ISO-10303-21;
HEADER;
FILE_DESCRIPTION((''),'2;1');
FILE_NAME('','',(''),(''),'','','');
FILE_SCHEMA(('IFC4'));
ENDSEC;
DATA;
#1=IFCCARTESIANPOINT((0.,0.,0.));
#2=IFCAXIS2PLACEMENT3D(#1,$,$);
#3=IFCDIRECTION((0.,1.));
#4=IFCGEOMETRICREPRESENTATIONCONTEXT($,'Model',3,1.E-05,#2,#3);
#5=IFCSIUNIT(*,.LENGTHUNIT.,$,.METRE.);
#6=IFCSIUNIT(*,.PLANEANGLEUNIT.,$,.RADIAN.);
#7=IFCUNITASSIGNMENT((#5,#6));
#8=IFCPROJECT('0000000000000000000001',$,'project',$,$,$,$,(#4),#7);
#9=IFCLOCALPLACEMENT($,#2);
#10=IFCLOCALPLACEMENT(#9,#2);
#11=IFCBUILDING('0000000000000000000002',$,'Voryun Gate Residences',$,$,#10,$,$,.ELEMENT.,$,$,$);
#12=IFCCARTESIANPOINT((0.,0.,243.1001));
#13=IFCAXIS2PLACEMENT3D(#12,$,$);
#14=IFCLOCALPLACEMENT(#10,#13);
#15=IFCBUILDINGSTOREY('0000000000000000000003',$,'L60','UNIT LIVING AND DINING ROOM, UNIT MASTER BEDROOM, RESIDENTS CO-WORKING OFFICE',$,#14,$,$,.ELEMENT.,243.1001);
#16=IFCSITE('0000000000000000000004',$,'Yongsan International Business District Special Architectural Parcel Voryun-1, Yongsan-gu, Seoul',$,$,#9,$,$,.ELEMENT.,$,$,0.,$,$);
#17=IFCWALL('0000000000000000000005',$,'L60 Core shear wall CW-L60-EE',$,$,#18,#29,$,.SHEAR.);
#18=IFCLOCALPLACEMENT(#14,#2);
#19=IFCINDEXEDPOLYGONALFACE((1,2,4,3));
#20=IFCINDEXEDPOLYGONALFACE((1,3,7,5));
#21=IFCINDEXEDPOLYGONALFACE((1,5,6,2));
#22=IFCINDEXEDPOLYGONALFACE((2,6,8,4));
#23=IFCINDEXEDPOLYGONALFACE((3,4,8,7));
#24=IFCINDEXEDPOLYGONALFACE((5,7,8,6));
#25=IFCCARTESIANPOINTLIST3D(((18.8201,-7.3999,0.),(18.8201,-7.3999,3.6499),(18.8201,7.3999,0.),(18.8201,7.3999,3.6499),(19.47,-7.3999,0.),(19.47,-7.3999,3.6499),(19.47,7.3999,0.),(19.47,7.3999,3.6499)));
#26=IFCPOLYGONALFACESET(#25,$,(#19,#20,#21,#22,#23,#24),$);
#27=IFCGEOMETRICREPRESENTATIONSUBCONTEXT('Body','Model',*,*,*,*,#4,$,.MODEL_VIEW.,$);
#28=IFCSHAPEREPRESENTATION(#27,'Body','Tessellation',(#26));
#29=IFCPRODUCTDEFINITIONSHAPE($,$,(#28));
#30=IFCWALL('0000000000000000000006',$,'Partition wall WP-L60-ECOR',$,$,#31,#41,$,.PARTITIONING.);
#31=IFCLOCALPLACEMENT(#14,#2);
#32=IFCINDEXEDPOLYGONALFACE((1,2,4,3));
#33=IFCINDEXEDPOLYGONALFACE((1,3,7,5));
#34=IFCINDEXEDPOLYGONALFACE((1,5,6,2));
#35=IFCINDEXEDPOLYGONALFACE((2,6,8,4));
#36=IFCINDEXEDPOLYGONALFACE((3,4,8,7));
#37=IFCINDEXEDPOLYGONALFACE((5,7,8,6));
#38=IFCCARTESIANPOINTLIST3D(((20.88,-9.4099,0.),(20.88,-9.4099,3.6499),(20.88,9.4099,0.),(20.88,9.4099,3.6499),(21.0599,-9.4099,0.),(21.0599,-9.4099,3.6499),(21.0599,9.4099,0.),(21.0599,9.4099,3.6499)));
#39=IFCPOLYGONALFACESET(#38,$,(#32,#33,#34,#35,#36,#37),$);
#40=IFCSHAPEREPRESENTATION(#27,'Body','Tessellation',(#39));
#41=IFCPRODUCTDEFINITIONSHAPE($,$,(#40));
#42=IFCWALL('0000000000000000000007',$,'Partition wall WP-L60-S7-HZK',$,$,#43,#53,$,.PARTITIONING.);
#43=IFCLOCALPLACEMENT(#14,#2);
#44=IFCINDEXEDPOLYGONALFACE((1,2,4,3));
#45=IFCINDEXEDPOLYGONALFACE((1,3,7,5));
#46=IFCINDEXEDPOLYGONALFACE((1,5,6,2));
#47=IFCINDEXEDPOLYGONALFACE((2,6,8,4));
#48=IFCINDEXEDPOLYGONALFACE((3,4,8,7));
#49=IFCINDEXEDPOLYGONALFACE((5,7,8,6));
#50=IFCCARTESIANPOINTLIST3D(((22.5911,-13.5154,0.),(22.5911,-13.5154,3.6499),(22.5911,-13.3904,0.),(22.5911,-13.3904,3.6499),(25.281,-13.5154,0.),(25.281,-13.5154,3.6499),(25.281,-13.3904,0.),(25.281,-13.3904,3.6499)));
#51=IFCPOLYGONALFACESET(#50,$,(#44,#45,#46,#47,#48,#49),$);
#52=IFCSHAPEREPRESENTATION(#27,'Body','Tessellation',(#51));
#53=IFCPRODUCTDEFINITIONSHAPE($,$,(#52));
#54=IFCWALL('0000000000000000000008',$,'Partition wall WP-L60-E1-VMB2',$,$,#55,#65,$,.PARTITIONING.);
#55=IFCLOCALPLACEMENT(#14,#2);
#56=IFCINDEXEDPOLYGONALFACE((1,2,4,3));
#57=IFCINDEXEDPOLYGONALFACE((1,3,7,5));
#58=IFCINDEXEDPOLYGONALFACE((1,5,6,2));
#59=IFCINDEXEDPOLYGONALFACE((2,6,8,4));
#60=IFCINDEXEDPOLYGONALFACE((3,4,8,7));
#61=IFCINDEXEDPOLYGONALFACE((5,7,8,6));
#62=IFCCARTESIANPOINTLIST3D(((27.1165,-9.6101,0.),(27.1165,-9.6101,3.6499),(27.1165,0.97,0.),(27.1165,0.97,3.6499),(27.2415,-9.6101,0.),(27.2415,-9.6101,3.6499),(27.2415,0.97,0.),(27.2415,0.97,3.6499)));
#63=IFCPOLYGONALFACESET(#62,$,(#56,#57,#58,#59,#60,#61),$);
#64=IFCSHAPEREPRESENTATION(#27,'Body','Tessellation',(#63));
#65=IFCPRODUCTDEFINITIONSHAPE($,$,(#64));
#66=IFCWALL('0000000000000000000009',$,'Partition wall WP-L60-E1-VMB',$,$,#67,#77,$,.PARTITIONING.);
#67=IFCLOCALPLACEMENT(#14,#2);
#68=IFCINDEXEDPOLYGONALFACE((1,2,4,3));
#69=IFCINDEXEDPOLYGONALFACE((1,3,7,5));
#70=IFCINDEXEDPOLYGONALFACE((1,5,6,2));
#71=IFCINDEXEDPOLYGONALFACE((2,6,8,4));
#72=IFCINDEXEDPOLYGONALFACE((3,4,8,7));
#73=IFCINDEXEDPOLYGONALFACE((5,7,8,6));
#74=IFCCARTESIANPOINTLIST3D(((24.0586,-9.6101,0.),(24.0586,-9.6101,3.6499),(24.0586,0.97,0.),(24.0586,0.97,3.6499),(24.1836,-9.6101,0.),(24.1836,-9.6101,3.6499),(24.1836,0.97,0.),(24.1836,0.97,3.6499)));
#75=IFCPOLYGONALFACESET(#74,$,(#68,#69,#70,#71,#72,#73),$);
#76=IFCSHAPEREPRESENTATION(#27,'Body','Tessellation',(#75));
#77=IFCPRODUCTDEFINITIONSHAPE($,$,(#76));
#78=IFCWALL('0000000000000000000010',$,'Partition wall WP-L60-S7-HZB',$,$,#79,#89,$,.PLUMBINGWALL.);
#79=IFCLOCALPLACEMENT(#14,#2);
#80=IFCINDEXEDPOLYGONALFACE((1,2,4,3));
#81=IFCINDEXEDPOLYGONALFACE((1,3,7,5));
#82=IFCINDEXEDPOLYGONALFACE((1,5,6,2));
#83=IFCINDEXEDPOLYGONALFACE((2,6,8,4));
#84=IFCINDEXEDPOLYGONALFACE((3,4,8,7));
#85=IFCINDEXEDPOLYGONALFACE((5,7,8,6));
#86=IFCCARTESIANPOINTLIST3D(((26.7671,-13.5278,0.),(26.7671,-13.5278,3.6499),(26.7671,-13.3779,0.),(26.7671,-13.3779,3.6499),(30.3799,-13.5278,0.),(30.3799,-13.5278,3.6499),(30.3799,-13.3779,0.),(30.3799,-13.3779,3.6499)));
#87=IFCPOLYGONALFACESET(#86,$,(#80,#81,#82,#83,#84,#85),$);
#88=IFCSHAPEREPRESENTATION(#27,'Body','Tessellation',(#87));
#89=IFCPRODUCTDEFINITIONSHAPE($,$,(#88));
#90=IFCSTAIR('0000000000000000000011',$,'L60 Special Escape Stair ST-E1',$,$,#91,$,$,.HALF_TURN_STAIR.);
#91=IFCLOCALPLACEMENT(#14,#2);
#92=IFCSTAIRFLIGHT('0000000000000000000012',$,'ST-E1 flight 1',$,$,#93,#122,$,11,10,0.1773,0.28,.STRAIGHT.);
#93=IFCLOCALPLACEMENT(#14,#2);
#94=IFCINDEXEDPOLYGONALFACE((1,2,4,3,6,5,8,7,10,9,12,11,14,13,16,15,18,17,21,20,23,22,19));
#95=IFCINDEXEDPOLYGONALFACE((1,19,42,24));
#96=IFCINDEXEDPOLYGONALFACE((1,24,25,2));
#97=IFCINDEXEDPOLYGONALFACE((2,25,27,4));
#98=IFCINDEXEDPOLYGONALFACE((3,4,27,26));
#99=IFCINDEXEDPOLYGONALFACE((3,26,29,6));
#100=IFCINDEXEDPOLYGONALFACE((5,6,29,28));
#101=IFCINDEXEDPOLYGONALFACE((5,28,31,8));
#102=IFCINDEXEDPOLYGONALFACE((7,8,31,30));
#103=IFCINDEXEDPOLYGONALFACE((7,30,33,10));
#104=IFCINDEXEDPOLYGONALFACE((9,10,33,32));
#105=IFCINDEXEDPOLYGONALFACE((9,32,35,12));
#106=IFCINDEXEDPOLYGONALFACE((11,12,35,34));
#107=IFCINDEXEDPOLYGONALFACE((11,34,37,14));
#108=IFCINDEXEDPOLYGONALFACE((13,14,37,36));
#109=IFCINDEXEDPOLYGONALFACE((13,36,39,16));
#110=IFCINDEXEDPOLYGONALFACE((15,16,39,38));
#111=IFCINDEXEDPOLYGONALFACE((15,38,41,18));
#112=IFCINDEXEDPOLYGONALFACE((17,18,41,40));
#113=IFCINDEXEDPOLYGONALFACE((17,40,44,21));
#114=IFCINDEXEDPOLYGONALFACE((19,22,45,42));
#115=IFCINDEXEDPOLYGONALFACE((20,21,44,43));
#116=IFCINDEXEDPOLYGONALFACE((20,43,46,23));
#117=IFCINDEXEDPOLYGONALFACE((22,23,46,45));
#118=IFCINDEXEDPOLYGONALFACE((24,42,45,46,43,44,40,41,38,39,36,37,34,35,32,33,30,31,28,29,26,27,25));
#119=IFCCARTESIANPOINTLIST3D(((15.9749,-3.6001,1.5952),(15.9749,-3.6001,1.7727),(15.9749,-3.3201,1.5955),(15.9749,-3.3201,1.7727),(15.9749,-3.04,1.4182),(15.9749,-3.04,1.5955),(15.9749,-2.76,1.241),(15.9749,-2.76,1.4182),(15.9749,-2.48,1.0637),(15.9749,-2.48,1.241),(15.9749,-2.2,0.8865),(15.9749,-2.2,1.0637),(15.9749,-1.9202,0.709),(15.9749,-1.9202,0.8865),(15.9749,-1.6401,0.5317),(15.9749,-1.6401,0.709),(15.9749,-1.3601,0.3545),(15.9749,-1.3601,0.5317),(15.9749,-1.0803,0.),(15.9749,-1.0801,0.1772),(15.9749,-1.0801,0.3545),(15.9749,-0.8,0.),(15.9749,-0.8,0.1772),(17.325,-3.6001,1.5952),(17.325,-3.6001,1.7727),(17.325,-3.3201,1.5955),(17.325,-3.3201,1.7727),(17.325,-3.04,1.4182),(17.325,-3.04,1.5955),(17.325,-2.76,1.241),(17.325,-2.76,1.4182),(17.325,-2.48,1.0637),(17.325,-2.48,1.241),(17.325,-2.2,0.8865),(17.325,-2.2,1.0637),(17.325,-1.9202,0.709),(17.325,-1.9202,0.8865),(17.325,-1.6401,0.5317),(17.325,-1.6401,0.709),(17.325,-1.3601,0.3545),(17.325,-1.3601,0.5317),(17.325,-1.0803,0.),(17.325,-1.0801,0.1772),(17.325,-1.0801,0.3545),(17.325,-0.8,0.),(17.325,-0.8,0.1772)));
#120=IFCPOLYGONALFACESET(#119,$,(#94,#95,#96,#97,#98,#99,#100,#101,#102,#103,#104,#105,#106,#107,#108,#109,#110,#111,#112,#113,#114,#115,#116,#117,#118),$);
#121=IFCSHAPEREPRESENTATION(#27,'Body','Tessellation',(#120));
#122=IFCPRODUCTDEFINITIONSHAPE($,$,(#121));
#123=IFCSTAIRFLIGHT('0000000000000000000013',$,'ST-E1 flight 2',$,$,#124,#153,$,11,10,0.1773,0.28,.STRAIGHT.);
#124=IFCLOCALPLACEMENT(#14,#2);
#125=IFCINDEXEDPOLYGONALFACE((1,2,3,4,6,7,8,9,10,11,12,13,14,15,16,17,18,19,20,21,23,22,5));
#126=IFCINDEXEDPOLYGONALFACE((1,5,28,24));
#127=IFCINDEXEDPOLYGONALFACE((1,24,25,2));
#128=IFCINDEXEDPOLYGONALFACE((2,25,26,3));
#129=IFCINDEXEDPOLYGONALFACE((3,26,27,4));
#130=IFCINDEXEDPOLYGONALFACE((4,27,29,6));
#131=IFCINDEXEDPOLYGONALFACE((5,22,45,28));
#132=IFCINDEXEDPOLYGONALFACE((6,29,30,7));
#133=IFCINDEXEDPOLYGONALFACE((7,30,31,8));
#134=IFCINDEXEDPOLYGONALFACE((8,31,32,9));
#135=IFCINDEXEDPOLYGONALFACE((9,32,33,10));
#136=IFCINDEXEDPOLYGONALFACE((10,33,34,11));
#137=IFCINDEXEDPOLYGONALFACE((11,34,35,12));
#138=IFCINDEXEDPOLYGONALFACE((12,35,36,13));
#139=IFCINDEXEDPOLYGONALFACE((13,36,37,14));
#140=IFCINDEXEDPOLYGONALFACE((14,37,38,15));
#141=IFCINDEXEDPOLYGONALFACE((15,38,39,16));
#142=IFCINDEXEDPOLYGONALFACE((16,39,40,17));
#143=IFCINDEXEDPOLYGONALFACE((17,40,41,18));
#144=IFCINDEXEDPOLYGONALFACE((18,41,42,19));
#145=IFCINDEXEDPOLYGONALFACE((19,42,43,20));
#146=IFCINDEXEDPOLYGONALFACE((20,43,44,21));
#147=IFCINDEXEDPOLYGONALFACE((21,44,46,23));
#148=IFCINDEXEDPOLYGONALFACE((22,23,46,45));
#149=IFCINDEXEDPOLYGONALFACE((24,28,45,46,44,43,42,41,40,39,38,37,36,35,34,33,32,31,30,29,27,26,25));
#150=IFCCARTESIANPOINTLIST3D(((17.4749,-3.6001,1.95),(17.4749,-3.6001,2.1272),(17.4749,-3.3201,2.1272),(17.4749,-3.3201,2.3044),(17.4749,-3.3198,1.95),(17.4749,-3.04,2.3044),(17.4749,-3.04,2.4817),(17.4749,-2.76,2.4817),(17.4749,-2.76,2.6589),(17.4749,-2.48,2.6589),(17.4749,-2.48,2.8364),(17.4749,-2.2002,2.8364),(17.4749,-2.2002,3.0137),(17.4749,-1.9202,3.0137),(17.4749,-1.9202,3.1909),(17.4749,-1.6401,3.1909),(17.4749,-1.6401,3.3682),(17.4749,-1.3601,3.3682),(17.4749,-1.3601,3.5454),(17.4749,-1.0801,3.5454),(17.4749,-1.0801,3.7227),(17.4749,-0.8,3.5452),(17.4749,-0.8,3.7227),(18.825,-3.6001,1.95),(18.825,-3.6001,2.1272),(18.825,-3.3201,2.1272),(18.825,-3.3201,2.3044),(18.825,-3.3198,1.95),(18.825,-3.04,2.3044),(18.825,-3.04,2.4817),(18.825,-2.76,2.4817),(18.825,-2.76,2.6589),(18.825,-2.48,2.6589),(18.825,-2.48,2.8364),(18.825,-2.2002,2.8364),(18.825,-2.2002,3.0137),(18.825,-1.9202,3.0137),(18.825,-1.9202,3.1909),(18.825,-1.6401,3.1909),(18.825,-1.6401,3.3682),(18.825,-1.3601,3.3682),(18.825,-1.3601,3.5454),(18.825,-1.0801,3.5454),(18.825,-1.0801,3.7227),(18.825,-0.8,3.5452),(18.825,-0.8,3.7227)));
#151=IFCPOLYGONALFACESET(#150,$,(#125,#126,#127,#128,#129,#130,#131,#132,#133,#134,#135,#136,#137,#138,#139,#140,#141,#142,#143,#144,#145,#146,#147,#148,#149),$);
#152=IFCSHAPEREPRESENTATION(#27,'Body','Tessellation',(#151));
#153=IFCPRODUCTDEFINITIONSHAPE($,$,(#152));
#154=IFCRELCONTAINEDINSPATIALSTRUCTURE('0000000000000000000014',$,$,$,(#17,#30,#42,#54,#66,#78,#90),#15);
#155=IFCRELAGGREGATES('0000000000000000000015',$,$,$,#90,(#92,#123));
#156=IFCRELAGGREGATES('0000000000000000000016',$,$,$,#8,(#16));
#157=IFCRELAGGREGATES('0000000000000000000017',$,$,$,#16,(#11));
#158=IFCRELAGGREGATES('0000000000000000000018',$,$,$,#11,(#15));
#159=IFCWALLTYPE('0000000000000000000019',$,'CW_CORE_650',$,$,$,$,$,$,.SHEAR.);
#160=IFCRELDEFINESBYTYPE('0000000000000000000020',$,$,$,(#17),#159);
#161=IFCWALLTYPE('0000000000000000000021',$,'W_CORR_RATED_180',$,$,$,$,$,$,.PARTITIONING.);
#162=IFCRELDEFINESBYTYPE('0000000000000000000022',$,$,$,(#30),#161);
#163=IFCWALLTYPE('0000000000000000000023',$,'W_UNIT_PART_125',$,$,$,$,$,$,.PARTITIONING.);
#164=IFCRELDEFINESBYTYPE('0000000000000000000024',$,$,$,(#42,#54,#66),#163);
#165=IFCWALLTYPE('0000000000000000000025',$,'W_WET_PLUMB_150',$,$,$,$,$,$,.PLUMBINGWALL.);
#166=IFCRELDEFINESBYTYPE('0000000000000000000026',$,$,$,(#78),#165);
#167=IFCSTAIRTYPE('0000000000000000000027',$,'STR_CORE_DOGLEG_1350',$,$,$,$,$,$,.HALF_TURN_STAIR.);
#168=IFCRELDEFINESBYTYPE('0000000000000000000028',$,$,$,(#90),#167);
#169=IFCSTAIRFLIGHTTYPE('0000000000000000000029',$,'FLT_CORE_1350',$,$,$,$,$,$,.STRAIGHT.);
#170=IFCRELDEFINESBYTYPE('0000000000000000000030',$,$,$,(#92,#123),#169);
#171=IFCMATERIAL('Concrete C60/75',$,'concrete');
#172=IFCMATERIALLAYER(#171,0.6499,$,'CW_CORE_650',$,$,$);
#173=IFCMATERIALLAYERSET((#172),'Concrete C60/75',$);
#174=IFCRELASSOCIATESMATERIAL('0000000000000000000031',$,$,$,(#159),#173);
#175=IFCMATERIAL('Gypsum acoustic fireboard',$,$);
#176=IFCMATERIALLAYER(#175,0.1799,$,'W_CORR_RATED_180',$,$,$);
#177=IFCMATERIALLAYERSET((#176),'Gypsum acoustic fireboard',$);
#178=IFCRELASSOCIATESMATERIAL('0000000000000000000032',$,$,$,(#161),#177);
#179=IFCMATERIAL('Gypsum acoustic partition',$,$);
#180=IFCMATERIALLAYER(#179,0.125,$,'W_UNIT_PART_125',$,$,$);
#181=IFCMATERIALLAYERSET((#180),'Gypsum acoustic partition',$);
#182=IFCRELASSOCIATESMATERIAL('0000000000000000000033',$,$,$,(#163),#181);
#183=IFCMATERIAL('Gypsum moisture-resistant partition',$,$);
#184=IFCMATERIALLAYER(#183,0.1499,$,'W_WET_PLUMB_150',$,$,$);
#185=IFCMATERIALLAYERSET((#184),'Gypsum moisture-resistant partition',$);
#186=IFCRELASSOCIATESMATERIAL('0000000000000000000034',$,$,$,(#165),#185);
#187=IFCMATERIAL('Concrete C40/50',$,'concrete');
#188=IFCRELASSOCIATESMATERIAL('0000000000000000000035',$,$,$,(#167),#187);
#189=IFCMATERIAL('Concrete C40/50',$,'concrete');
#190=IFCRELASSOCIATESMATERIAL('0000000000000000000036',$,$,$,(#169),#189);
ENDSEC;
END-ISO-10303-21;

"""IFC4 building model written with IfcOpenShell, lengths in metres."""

from ifc_helpers import new_model, si_unit, direction, frame, frame_2d, origin, place, context, subcontext, project, spatial, polyline, rectangle, outline, extrude, material, layer, layer_set, type_object, element, aggregate, save


model = new_model("IFC4")

# Units and contexts
model_context = context("Model", 3, precision=1e-05, world=origin(), true_north=direction((0.0, 1.0)))
body_context = subcontext(model_context, "Body", "Model", "MODEL_VIEW")
ifc_project = project(units=[si_unit("LENGTHUNIT", "METRE"), si_unit("PLANEANGLEUNIT", "RADIAN")], contexts=[model_context])

# Site, building, storey
site_placement = place(None, origin())
site = spatial("IfcSite", under=ifc_project, at=site_placement, Name="Yongsan International Business District Special Architectural Parcel Voryun-1, Yongsan-gu, Seoul", CompositionType="ELEMENT", RefElevation=0.0)
building_placement = place(site_placement, origin())
building = spatial("IfcBuilding", under=site, at=building_placement, Name="Voryun Gate Residences", CompositionType="ELEMENT")
storey_placement = place(building_placement, frame((0.0, 0.0, 243.1001)))
storey = spatial("IfcBuildingStorey", under=building, at=storey_placement, Name="L60", Description="UNIT LIVING AND DINING ROOM, UNIT MASTER BEDROOM, RESIDENTS CO-WORKING OFFICE", CompositionType="ELEMENT", Elevation=243.1001)

# Walls
ifc_material_1 = material(Name="Concrete C60/75", Category="concrete")
ifc_layer_1 = layer(ifc_material_1, 0.6499, Name="CW_CORE_650")
ifc_layer_set_1 = layer_set([ifc_layer_1], Name="Concrete C60/75")
wall_type_1 = type_object("IfcWallType", Name="CW_CORE_650", PredefinedType="SHEAR", material=ifc_layer_set_1)
wall_1_placement = place(storey_placement, frame((19.145, -7.3999, 0.0), z_axis=(0.0, 0.0, 1.0), x_axis=(0.0, 1.0, 0.0)))
element("IfcWall", 1, at=wall_1_placement, inside=storey, type_object=wall_type_1, Name="L60 Core shear wall CW-L60-EE", PredefinedType="SHEAR", context=body_context, shape_type="SweptSolid", body=[
    extrude(rectangle(XDim=14.7998, YDim=0.6499, at=frame_2d((7.3999, 0.0))), origin(), (0.0, 0.0, 1.0), 3.6499),
])
ifc_material_2 = material(Name="Gypsum acoustic fireboard")
ifc_layer_2 = layer(ifc_material_2, 0.1799, Name="W_CORR_RATED_180")
ifc_layer_set_2 = layer_set([ifc_layer_2], Name="Gypsum acoustic fireboard")
wall_type_2 = type_object("IfcWallType", Name="W_CORR_RATED_180", PredefinedType="PARTITIONING", material=ifc_layer_set_2)
wall_2_placement = place(storey_placement, frame((20.97, -9.4099, 0.0), z_axis=(0.0, 0.0, 1.0), x_axis=(0.0, 1.0, 0.0)))
element("IfcWall", 2, at=wall_2_placement, inside=storey, type_object=wall_type_2, Name="Partition wall WP-L60-ECOR", PredefinedType="PARTITIONING", context=body_context, shape_type="SweptSolid", body=[
    extrude(rectangle(XDim=18.8198, YDim=0.1799, at=frame_2d((9.4099, 0.0))), origin(), (0.0, 0.0, 1.0), 3.6499),
])
ifc_material_3 = material(Name="Gypsum acoustic partition")
ifc_layer_3 = layer(ifc_material_3, 0.125, Name="W_UNIT_PART_125")
ifc_layer_set_3 = layer_set([ifc_layer_3], Name="Gypsum acoustic partition")
wall_type_3 = type_object("IfcWallType", Name="W_UNIT_PART_125", PredefinedType="PARTITIONING", material=ifc_layer_set_3)
wall_3_placement = place(storey_placement, frame((22.5911, -13.4529, 0.0), z_axis=(0.0, 0.0, 1.0), x_axis=(1.0, 0.0, 0.0)))
element("IfcWall", 3, at=wall_3_placement, inside=storey, type_object=wall_type_3, Name="Partition wall WP-L60-S7-HZK", PredefinedType="PARTITIONING", context=body_context, shape_type="SweptSolid", body=[
    extrude(rectangle(XDim=2.6899, YDim=0.125, at=frame_2d((1.345, 0.0))), origin(), (0.0, 0.0, 1.0), 3.6499),
])
for number, where, z_axis, x_axis, name in (
    (4, (27.179, -9.6101, 0.0), (0.0, 0.0, 1.0), (0.0, 1.0, 0.0), "Partition wall WP-L60-E1-VMB2"),
    (5, (24.1211, -9.6101, 0.0), (0.0, 0.0, 1.0), (0.0, 1.0, 0.0), "Partition wall WP-L60-E1-VMB"),
):
    element("IfcWall", number, at=place(storey_placement, frame(where, z_axis=z_axis, x_axis=x_axis)), inside=storey, type_object=wall_type_3, Name=name, PredefinedType="PARTITIONING", context=body_context, shape_type="SweptSolid", body=[
        extrude(rectangle(XDim=10.5801, YDim=0.125, at=frame_2d((5.29, 0.0))), origin(), (0.0, 0.0, 1.0), 3.6499),
    ])
ifc_material_4 = material(Name="Gypsum moisture-resistant partition")
ifc_layer_4 = layer(ifc_material_4, 0.1499, Name="W_WET_PLUMB_150")
ifc_layer_set_4 = layer_set([ifc_layer_4], Name="Gypsum moisture-resistant partition")
wall_type_4 = type_object("IfcWallType", Name="W_WET_PLUMB_150", PredefinedType="PLUMBINGWALL", material=ifc_layer_set_4)
wall_4_placement = place(storey_placement, frame((26.7671, -13.4529, 0.0), z_axis=(0.0, 0.0, 1.0), x_axis=(1.0, 0.0, 0.0)))
element("IfcWall", 6, at=wall_4_placement, inside=storey, type_object=wall_type_4, Name="Partition wall WP-L60-S7-HZB", PredefinedType="PLUMBINGWALL", context=body_context, shape_type="SweptSolid", body=[
    extrude(rectangle(XDim=3.6128, YDim=0.1499, at=frame_2d((1.8064, 0.0))), origin(), (0.0, 0.0, 1.0), 3.6499),
])

# Stair, stair flights
ifc_material_5 = material(Name="Concrete C40/50", Category="concrete")
stair_type = type_object("IfcStairType", Name="STR_CORE_DOGLEG_1350", PredefinedType="HALF_TURN_STAIR", material=ifc_material_5)
stair_placement = place(storey_placement, origin())
stair = element("IfcStair", 7, at=stair_placement, inside=storey, type_object=stair_type, Name="L60 Special Escape Stair ST-E1", PredefinedType="HALF_TURN_STAIR")
ifc_material_6 = material(Name="Concrete C40/50", Category="concrete")
stair_flight_type = type_object("IfcStairFlightType", Name="FLT_CORE_1350", PredefinedType="STRAIGHT", material=ifc_material_6)
stair_flight_1_placement = place(storey_placement, frame((16.6499, -0.8, 0.0), z_axis=(0.0, 0.0, 1.0), x_axis=(0.0, -1.0, 0.0)))
stair_flight_1 = element("IfcStairFlight", 8, at=stair_flight_1_placement, type_object=stair_flight_type, Name="ST-E1 flight 1", NumberOfRisers=11, NumberOfTreads=10, PredefinedType="STRAIGHT", RiserHeight=0.1773, TreadLength=0.28, context=body_context, shape_type="SweptSolid", body=[
    extrude(outline(polyline([(0.0, 0.0), (0.0, 0.1772), (0.28, 0.1772), (0.28, 0.3545), (0.5601, 0.3545), (0.5601, 0.5317), (0.8401, 0.5317), (0.8401, 0.709), (1.1201, 0.709), (1.1201, 0.8865), (1.3999, 0.8865), (1.3999, 1.0637), (1.6799, 1.0637), (1.6799, 1.241), (1.96, 1.241), (1.96, 1.4182), (2.24, 1.4182), (2.24, 1.5955), (2.52, 1.5955), (2.52, 1.7727), (2.8, 1.7727), (2.8, 1.95), (2.8, 1.5952), (0.2803, 0.0), (0.0, 0.0)])), frame((0.0, 0.675, 0.0), z_axis=(0.0, -1.0, 0.0), x_axis=(1.0, 0.0, 0.0)), (0.0, 0.0, 1.0), 1.3501),
])
stair_flight_2_placement = place(storey_placement, frame((18.1499, -3.6001, 1.95), z_axis=(0.0, 0.0, 1.0), x_axis=(0.0, 1.0, 0.0)))
stair_flight_2 = element("IfcStairFlight", 9, at=stair_flight_2_placement, type_object=stair_flight_type, Name="ST-E1 flight 2", NumberOfRisers=11, NumberOfTreads=10, PredefinedType="STRAIGHT", RiserHeight=0.1773, TreadLength=0.28, context=body_context, shape_type="SweptSolid", body=[
    extrude(outline(polyline([(0.0, 0.0), (0.0, 0.1772), (0.28, 0.1772), (0.28, 0.3545), (0.5601, 0.3545), (0.5601, 0.5317), (0.8401, 0.5317), (0.8401, 0.709), (1.1201, 0.709), (1.1201, 0.8865), (1.3999, 0.8865), (1.3999, 1.0637), (1.6799, 1.0637), (1.6799, 1.241), (1.96, 1.241), (1.96, 1.4182), (2.24, 1.4182), (2.24, 1.5955), (2.52, 1.5955), (2.52, 1.7727), (2.8, 1.7727), (2.8, 1.95), (2.8, 1.5952), (0.2803, 0.0), (0.0, 0.0)])), frame((0.0, 0.675, 0.0), z_axis=(0.0, -1.0, 0.0), x_axis=(1.0, 0.0, 0.0)), (0.0, 0.0, 1.0), 1.3501),
])
aggregate(stair, [stair_flight_1, stair_flight_2])

save(model, "model.ifc")
